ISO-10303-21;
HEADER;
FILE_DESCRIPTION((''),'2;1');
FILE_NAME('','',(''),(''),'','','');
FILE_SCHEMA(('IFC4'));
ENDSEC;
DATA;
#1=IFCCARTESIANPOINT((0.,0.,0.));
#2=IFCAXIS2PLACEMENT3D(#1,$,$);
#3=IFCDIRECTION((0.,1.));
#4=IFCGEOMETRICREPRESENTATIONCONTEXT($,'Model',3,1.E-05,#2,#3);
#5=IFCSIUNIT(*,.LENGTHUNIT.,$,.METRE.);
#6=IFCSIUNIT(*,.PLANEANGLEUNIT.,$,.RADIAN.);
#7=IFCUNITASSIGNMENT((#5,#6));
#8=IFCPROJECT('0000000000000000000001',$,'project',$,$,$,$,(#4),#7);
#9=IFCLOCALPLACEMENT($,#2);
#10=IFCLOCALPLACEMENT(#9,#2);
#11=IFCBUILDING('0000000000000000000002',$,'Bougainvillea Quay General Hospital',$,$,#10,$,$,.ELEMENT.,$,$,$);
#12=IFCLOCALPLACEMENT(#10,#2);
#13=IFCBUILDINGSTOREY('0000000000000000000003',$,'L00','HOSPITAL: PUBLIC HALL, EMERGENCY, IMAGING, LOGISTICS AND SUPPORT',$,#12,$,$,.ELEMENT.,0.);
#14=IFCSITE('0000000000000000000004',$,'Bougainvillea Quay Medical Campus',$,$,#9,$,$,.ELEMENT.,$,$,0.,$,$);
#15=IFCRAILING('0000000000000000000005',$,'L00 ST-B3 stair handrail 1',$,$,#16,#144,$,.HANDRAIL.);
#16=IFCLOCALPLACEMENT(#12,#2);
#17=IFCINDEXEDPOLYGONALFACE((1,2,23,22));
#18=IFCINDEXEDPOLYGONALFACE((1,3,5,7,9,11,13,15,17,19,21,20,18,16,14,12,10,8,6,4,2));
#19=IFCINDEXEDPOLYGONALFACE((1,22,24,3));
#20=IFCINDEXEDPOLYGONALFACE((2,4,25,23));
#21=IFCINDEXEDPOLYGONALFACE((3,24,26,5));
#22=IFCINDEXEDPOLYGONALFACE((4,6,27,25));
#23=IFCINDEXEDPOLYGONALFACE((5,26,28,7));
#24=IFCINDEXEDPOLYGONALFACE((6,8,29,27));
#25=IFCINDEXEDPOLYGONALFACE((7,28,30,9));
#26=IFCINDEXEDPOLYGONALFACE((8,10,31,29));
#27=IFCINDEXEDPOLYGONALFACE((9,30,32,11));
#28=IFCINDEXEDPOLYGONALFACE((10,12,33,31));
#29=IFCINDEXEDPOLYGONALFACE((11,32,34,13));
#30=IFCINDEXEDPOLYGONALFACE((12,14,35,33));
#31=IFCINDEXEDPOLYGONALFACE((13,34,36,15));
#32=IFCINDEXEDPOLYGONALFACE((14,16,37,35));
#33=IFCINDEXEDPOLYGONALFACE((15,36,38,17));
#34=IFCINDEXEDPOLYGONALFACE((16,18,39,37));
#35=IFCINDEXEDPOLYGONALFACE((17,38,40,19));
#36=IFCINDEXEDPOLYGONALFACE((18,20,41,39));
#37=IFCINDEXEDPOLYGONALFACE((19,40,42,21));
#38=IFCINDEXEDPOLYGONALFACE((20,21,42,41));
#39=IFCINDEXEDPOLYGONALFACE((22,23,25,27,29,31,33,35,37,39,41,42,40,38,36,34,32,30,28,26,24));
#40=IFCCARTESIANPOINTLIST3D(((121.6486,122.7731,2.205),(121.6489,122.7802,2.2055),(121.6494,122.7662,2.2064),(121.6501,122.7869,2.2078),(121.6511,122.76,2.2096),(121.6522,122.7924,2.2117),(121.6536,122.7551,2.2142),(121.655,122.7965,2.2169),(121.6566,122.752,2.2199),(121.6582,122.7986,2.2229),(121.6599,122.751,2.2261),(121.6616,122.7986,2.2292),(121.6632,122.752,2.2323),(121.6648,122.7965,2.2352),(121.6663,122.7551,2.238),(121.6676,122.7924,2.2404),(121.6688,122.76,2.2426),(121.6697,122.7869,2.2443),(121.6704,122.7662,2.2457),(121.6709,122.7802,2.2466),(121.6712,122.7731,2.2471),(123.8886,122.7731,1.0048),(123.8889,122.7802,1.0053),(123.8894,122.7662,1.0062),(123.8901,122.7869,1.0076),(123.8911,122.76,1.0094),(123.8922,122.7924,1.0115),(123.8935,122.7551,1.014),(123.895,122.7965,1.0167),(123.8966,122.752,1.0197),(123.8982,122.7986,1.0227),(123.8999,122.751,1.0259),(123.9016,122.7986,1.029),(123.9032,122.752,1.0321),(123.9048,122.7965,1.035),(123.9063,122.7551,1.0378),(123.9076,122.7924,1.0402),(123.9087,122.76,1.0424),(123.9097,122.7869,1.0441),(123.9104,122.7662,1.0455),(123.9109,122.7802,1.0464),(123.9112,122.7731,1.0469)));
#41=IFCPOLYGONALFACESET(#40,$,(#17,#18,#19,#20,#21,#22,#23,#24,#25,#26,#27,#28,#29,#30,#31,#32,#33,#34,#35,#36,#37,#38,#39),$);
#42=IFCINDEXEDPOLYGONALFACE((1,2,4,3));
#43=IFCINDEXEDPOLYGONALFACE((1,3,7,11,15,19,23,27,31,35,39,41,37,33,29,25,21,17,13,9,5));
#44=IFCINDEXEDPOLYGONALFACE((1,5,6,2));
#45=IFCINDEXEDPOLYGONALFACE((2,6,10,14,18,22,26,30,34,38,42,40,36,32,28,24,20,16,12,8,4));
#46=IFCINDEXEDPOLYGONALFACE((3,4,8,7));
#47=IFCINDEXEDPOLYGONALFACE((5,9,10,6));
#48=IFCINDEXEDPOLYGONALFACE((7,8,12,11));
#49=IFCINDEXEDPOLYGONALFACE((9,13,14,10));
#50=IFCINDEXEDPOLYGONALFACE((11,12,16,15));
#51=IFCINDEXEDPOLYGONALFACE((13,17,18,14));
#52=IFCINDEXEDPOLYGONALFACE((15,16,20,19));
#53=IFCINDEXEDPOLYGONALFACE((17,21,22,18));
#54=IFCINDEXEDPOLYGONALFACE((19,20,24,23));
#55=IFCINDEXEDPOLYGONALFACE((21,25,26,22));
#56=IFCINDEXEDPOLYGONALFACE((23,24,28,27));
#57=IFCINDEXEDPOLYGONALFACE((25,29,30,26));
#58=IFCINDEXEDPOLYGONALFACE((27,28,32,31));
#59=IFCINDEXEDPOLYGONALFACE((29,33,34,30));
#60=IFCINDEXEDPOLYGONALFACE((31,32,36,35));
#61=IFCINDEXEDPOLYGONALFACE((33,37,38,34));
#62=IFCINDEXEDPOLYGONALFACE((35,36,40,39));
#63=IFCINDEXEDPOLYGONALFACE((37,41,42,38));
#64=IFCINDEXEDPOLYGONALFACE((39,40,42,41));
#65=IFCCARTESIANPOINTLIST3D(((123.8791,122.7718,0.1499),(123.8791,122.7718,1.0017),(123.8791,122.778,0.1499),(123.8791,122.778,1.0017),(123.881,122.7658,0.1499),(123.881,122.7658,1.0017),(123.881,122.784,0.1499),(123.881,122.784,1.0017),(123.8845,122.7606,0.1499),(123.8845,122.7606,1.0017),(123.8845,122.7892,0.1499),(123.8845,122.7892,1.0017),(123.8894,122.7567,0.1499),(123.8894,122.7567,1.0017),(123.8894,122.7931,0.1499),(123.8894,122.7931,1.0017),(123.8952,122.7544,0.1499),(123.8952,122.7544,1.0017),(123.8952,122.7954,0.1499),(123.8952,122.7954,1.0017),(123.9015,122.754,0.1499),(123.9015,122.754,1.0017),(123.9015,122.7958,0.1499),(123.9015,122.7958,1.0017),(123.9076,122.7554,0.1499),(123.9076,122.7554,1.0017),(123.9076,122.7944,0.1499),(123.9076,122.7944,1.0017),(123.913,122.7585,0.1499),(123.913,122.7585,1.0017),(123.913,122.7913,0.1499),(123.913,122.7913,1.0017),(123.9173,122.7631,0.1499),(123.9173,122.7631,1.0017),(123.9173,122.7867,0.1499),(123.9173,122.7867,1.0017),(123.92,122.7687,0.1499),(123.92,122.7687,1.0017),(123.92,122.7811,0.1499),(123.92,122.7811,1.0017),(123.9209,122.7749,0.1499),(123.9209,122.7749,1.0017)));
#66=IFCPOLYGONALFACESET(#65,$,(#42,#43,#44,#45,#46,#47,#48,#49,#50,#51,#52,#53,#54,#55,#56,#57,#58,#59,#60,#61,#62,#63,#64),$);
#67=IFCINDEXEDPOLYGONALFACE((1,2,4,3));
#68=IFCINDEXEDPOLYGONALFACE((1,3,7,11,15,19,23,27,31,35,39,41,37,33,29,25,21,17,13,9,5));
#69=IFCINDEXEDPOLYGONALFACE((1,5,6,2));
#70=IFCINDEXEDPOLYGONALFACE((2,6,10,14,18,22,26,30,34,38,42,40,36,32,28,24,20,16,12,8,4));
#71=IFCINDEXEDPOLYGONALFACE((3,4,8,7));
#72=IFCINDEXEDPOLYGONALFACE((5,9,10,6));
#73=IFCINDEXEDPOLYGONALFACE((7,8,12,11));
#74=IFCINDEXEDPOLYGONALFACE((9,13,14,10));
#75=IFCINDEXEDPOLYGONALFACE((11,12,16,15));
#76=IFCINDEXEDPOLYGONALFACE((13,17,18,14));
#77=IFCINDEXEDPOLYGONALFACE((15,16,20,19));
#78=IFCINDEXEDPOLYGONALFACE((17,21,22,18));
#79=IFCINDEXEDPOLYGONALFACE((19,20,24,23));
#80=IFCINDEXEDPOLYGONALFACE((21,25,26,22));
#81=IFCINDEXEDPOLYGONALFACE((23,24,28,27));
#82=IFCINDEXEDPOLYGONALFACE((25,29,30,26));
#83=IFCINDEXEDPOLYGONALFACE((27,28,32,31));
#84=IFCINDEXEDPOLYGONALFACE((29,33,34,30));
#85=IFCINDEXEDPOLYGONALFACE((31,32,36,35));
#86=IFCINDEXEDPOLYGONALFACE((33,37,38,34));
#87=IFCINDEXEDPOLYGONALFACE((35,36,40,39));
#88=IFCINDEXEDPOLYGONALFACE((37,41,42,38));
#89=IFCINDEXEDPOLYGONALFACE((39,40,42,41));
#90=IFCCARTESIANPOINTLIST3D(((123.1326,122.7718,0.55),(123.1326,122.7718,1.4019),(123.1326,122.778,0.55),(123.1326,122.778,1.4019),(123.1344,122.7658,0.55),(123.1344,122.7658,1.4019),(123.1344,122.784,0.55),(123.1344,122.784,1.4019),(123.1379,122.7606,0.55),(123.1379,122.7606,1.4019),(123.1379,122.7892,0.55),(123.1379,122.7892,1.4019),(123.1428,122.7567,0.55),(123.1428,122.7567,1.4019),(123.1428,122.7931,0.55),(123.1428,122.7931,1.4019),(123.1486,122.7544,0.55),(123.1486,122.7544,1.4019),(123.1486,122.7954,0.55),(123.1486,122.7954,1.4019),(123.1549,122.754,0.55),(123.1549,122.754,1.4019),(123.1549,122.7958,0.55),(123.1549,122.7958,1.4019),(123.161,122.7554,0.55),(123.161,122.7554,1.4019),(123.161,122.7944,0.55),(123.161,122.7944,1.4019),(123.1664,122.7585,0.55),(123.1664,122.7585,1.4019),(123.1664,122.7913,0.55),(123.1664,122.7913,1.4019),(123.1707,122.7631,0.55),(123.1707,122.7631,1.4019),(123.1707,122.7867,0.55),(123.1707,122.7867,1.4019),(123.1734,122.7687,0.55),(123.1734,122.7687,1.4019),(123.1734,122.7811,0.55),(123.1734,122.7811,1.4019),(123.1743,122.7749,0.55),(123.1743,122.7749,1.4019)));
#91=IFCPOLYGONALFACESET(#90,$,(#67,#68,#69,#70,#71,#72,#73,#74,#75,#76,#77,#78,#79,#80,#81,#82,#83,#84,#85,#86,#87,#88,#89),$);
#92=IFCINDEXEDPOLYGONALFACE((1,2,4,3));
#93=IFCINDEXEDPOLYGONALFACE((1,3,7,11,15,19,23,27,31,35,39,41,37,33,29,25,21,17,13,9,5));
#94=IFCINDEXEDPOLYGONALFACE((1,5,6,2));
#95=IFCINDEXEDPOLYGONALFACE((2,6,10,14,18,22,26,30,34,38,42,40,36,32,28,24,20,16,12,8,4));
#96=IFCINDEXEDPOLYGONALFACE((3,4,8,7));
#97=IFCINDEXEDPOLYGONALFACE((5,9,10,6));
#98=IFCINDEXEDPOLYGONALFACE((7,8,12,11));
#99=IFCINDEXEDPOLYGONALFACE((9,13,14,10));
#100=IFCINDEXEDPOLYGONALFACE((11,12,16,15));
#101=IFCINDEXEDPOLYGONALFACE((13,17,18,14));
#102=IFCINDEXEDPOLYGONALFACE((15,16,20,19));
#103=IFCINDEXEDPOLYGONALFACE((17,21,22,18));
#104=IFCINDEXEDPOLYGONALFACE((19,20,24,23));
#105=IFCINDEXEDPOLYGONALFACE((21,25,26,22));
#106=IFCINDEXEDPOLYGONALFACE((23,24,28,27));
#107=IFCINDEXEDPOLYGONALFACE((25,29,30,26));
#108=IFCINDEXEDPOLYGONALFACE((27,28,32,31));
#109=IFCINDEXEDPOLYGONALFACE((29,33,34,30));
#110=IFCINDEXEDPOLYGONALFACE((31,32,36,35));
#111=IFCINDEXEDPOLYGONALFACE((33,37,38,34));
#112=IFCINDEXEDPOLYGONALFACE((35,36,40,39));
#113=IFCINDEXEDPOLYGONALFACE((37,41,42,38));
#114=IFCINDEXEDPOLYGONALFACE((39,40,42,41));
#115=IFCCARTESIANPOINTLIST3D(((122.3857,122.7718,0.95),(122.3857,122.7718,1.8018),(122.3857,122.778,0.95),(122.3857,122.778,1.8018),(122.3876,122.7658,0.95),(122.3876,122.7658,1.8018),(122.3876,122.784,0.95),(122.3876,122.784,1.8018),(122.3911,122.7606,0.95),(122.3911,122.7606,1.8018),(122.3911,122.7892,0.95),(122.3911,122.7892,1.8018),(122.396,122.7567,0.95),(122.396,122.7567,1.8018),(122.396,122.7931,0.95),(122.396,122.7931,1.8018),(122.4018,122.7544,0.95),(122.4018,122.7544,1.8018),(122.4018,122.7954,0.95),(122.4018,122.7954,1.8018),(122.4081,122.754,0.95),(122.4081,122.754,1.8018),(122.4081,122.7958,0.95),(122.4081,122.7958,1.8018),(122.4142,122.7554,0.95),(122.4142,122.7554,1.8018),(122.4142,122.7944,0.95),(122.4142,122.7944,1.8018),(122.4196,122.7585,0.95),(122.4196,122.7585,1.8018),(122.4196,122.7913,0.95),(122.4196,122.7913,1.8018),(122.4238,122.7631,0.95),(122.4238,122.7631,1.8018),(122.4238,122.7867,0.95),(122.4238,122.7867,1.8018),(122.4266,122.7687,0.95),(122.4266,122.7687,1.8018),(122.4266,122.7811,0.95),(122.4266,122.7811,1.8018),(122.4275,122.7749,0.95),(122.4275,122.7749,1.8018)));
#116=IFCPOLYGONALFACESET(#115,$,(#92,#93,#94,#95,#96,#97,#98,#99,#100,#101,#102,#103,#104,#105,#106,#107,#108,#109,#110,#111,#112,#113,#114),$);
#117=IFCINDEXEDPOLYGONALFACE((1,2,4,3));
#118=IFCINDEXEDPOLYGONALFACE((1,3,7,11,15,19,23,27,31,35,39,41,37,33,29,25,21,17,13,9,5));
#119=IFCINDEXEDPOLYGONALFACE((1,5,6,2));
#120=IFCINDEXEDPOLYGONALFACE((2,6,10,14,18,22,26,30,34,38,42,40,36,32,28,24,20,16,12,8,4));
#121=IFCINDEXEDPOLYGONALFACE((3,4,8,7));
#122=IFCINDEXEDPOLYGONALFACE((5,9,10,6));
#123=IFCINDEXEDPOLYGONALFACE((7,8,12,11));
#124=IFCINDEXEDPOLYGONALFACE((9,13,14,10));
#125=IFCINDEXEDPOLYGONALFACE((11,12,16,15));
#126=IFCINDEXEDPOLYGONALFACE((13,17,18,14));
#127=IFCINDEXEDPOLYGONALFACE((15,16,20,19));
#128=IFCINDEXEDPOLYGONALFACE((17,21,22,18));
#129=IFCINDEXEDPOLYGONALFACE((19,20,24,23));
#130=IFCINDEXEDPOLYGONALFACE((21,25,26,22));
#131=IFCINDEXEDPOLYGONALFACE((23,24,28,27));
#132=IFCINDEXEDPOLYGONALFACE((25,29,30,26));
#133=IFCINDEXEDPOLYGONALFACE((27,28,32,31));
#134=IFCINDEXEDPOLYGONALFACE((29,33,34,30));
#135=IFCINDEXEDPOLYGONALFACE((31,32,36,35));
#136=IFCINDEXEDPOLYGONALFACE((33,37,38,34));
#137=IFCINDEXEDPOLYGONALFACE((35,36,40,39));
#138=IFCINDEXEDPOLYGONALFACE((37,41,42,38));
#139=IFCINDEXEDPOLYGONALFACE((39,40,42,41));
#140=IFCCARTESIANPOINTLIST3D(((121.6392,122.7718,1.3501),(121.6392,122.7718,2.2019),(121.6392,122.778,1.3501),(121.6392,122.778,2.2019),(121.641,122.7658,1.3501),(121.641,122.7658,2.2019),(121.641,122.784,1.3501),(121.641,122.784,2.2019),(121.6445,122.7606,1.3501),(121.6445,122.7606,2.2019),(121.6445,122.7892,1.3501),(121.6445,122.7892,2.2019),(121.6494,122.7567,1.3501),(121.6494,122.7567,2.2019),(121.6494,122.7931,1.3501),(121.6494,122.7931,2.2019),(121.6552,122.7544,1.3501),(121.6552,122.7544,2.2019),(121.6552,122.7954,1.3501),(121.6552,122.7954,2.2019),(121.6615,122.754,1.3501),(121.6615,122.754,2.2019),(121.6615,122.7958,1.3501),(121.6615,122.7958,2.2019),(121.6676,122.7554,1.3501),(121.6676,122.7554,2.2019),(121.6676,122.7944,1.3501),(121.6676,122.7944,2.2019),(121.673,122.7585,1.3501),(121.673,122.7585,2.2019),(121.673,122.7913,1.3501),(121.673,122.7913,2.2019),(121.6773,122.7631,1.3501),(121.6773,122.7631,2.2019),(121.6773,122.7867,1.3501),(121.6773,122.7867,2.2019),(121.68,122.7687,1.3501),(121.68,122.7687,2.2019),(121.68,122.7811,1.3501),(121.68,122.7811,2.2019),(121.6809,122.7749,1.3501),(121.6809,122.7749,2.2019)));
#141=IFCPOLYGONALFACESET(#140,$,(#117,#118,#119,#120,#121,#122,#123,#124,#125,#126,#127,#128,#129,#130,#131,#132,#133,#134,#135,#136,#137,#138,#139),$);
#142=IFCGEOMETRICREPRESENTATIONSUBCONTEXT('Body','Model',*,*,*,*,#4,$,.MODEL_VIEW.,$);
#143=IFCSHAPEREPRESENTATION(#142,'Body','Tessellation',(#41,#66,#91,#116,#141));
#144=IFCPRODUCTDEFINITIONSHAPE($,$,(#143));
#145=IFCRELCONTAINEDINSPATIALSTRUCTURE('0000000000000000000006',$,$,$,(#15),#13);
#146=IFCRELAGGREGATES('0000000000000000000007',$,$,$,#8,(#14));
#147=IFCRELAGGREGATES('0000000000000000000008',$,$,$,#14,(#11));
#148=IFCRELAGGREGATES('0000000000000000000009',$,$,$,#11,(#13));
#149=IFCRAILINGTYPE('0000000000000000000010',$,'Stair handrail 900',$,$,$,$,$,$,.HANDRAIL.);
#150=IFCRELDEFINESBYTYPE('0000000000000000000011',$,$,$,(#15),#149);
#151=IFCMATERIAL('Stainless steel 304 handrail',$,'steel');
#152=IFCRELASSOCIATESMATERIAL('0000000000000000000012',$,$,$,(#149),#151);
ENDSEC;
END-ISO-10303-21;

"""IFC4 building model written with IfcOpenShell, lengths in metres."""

from ifc_helpers import new_model, si_unit, direction, frame, origin, origin_2d, place, context, subcontext, project, spatial, circle, extrude, material, type_object, element, save


model = new_model("IFC4")

# Units and contexts
model_context = context("Model", 3, precision=1e-05, world=origin(), true_north=direction((0.0, 1.0)))
body_context = subcontext(model_context, "Body", "Model", "MODEL_VIEW")
ifc_project = project(units=[si_unit("LENGTHUNIT", "METRE"), si_unit("PLANEANGLEUNIT", "RADIAN")], contexts=[model_context])

# Site, building, storey
site_placement = place(None, origin())
site = spatial("IfcSite", under=ifc_project, at=site_placement, Name="Bougainvillea Quay Medical Campus", CompositionType="ELEMENT", RefElevation=0.0)
building_placement = place(site_placement, origin())
building = spatial("IfcBuilding", under=site, at=building_placement, Name="Bougainvillea Quay General Hospital", CompositionType="ELEMENT")
storey_placement = place(building_placement, origin())
storey = spatial("IfcBuildingStorey", under=building, at=storey_placement, Name="L00", Description="HOSPITAL: PUBLIC HALL, EMERGENCY, IMAGING, LOGISTICS AND SUPPORT", CompositionType="ELEMENT", Elevation=0.0)

# Railing
ifc_material_1 = material(Name="Stainless steel 304 handrail", Category="steel")
railing_type_1 = type_object("IfcRailingType", Name="Stair handrail 900", PredefinedType="HANDRAIL", material=ifc_material_1)
railing_1_placement = place(storey_placement, frame((123.8999, 122.7749, 0.1499)))
element("IfcRailing", 1, at=railing_1_placement, inside=storey, type_object=railing_type_1, Name="L00 ST-B3 stair handrail 1", PredefinedType="HANDRAIL", context=body_context, shape_type="SweptSolid", body=[
    extrude(circle(Radius=0.0239, at=origin_2d()), frame((0.0, 0.0, 0.876), z_axis=(-0.881447, 0.0, 0.472283), x_axis=(0.0, -1.0, 0.0)), (0.0, 0.0, 1.0), 2.5413),
    extrude(circle(Radius=0.021, at=origin_2d()), origin(), (0.0, 0.0, 1.0), 0.8518),
    extrude(circle(Radius=0.021, at=origin_2d()), frame((-0.7466, 0.0, 0.4001)), (0.0, 0.0, 1.0), 0.8518),
    extrude(circle(Radius=0.021, at=origin_2d()), frame((-1.4934, 0.0, 0.8)), (0.0, 0.0, 1.0), 0.8518),
    extrude(circle(Radius=0.021, at=origin_2d()), frame((-2.24, 0.0, 1.2002)), (0.0, 0.0, 1.0), 0.8518),
])

save(model, "model.ifc")
